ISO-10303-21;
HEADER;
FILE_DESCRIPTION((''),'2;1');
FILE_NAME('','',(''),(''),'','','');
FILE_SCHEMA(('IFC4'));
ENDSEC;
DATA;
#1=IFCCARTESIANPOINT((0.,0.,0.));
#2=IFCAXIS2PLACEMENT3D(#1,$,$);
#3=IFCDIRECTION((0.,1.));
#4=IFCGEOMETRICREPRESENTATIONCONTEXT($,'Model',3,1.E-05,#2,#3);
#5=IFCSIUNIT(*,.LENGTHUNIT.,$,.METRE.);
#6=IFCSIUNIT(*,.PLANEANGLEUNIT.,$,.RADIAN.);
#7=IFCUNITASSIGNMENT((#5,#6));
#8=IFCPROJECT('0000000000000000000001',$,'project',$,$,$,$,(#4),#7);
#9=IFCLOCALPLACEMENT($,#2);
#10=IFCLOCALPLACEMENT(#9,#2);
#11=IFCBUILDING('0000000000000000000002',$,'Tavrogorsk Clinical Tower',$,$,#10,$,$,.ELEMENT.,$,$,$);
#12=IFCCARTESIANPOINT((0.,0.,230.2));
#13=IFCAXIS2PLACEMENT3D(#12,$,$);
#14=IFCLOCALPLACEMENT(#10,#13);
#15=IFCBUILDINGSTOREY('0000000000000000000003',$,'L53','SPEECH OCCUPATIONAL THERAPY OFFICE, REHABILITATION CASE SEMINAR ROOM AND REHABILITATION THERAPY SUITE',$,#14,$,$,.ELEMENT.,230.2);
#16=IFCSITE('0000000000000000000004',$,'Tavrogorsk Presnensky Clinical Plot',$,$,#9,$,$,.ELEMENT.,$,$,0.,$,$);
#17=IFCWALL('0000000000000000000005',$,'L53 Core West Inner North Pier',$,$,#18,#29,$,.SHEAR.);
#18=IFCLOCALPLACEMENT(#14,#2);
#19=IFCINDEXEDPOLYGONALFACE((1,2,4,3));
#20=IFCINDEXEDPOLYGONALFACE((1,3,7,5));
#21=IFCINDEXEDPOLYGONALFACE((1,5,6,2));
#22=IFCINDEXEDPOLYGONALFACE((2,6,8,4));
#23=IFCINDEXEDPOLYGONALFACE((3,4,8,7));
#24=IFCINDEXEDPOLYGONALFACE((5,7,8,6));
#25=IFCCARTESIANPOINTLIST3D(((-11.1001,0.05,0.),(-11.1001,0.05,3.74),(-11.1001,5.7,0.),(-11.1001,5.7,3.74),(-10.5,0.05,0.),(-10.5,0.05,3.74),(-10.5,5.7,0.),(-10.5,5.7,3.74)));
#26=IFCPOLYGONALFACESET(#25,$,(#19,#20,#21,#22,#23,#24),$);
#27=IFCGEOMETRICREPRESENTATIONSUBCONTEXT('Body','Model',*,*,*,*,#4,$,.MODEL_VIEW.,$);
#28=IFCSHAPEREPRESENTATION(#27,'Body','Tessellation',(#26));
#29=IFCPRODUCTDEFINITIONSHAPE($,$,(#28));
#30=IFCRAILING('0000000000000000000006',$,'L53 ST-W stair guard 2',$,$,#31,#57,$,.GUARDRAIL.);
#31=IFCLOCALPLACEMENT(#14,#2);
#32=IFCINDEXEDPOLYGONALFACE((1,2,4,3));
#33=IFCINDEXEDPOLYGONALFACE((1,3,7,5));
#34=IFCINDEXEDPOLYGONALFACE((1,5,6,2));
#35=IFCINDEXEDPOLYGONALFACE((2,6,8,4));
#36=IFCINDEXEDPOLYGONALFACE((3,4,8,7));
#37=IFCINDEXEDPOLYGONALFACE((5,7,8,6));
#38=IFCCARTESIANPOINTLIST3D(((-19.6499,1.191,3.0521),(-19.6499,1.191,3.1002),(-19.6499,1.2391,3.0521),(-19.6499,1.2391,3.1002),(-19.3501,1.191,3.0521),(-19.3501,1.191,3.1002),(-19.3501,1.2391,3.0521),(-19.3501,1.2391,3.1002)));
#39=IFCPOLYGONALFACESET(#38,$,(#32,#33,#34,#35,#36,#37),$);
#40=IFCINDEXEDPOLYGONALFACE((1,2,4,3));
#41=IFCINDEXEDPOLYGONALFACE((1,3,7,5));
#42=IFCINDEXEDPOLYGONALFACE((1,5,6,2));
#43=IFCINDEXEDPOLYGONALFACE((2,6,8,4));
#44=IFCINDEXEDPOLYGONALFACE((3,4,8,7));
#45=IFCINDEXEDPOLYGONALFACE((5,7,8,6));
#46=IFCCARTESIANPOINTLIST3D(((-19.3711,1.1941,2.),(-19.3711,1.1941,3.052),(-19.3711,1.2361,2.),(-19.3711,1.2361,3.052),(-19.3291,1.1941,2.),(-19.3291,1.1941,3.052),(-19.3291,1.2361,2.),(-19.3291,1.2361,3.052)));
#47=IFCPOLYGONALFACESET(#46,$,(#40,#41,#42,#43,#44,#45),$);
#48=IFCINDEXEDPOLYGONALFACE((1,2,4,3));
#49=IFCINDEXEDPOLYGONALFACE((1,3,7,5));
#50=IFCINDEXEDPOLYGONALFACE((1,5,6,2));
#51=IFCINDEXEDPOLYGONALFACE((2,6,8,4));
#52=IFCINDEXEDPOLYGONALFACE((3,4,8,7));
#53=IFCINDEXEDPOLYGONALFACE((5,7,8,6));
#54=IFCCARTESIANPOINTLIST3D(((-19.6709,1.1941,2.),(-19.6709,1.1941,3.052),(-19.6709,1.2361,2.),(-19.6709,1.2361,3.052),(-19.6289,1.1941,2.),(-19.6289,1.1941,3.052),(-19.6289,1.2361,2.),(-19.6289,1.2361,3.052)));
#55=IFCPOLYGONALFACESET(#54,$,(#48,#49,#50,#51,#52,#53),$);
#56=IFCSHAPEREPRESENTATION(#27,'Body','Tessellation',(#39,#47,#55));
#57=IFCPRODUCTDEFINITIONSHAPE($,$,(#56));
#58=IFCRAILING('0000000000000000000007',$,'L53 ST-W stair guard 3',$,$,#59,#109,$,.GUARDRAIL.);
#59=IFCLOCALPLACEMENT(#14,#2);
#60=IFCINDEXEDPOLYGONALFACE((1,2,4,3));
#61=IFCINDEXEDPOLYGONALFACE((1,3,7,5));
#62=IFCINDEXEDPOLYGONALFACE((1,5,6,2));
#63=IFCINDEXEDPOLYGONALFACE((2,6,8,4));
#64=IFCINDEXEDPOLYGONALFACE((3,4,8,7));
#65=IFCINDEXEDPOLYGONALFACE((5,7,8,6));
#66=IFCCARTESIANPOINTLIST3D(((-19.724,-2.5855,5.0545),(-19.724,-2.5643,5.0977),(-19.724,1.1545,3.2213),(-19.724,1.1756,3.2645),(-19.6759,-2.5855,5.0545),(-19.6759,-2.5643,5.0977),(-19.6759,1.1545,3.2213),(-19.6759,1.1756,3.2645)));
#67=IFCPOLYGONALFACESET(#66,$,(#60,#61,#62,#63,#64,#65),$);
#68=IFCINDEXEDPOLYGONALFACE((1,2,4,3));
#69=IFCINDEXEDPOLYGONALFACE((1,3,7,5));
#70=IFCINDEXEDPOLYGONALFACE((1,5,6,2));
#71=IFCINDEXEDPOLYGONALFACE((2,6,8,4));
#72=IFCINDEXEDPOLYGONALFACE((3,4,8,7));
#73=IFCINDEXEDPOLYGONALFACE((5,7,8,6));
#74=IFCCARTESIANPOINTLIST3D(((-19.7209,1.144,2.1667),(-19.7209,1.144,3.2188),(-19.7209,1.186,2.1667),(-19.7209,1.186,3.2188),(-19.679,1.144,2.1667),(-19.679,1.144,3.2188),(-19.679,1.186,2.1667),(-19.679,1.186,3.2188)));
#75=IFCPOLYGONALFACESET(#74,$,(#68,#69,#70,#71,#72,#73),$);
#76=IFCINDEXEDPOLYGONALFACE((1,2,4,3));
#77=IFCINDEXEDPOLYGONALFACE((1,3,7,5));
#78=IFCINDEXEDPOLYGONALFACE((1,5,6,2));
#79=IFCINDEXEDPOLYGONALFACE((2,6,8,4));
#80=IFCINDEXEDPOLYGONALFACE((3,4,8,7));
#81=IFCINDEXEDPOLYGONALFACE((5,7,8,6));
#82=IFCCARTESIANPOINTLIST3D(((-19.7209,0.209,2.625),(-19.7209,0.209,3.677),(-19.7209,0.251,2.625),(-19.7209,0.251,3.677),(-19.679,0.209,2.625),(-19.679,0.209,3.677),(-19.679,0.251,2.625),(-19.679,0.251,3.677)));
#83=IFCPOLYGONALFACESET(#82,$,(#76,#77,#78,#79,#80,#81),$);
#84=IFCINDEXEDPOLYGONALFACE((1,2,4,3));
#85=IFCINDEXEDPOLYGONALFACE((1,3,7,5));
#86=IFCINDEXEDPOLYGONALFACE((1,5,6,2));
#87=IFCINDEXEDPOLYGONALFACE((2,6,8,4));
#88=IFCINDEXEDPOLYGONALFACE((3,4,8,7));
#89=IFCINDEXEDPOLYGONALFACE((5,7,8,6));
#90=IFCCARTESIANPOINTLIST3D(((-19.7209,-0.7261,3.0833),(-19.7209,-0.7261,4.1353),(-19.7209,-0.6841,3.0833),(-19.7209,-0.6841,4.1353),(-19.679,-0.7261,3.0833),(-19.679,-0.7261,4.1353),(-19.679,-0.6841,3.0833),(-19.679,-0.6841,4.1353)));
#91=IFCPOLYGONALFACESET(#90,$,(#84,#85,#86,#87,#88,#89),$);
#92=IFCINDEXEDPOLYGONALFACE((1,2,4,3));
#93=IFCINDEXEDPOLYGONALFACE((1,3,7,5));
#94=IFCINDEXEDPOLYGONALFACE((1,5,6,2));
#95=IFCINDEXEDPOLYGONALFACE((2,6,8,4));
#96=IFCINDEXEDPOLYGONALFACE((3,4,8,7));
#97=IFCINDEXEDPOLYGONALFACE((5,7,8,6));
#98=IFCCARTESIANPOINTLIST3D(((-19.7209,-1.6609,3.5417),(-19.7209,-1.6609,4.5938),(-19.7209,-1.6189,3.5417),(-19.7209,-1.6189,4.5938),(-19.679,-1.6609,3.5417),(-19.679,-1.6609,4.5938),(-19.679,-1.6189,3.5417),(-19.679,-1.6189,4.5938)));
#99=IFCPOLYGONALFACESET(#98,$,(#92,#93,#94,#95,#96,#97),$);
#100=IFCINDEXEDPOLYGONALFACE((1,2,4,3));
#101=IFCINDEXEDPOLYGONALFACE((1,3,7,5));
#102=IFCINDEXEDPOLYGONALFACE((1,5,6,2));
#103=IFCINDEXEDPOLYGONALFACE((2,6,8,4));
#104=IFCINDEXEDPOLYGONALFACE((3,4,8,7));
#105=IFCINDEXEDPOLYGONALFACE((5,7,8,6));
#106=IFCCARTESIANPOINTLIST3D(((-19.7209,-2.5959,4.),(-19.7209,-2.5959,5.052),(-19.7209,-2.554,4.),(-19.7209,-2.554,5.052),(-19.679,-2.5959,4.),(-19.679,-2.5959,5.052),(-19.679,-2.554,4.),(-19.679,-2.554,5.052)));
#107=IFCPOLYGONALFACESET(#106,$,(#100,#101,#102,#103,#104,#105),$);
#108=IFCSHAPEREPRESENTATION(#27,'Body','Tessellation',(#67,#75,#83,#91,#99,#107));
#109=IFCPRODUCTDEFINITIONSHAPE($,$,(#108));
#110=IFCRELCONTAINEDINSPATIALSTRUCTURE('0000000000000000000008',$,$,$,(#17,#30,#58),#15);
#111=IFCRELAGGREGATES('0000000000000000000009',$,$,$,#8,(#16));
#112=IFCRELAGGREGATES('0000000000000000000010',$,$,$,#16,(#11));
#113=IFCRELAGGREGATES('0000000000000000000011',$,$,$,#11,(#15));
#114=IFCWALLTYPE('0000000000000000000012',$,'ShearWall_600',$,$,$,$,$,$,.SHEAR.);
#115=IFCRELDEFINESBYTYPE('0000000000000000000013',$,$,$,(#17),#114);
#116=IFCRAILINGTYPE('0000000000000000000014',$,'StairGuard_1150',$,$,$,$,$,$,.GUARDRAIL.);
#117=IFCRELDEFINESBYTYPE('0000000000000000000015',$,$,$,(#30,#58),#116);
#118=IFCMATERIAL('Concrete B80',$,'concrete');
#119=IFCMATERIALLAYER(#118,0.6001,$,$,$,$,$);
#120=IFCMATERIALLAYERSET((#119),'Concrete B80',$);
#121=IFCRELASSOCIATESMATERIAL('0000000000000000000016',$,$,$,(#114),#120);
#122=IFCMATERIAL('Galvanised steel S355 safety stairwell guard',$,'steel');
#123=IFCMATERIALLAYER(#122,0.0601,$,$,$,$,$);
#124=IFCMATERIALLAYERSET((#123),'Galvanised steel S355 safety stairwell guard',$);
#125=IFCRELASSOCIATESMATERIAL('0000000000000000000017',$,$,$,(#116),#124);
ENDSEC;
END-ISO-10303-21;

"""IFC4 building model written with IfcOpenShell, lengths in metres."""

from ifc_helpers import new_model, si_unit, direction, frame, frame_2d, origin, origin_2d, place, context, subcontext, project, spatial, rectangle, extrude, material, layer, layer_set, type_object, element, save


model = new_model("IFC4")

# Units and contexts
model_context = context("Model", 3, precision=1e-05, world=origin(), true_north=direction((0.0, 1.0)))
body_context = subcontext(model_context, "Body", "Model", "MODEL_VIEW")
ifc_project = project(units=[si_unit("LENGTHUNIT", "METRE"), si_unit("PLANEANGLEUNIT", "RADIAN")], contexts=[model_context])

# Site, building, storey
site_placement = place(None, origin())
site = spatial("IfcSite", under=ifc_project, at=site_placement, Name="Tavrogorsk Presnensky Clinical Plot", CompositionType="ELEMENT", RefElevation=0.0)
building_placement = place(site_placement, origin())
building = spatial("IfcBuilding", under=site, at=building_placement, Name="Tavrogorsk Clinical Tower", CompositionType="ELEMENT")
storey_placement = place(building_placement, frame((0.0, 0.0, 230.2)))
storey = spatial("IfcBuildingStorey", under=building, at=storey_placement, Name="L53", Description="SPEECH OCCUPATIONAL THERAPY OFFICE, REHABILITATION CASE SEMINAR ROOM AND REHABILITATION THERAPY SUITE", CompositionType="ELEMENT", Elevation=230.2)

# Wall
ifc_material_1 = material(Name="Concrete B80", Category="concrete")
ifc_layer_1 = layer(ifc_material_1, 0.6001)
ifc_layer_set_1 = layer_set([ifc_layer_1], Name="Concrete B80")
wall_type_1 = type_object("IfcWallType", Name="ShearWall_600", PredefinedType="SHEAR", material=ifc_layer_set_1)
wall_1_placement = place(storey_placement, frame((-10.8, 0.05, 0.0), z_axis=(0.0, 0.0, 1.0), x_axis=(0.0, 1.0, 0.0)))
element("IfcWall", 1, at=wall_1_placement, inside=storey, type_object=wall_type_1, Name="L53 Core West Inner North Pier", PredefinedType="SHEAR", context=body_context, shape_type="SweptSolid", body=[
    extrude(rectangle(XDim=5.6499, YDim=0.6001, at=frame_2d((2.825, 0.0))), origin(), (0.0, 0.0, 1.0), 3.74),
])

# Railings
ifc_material_2 = material(Name="Galvanised steel S355 safety stairwell guard", Category="steel")
ifc_layer_2 = layer(ifc_material_2, 0.0601)
ifc_layer_set_2 = layer_set([ifc_layer_2], Name="Galvanised steel S355 safety stairwell guard")
railing_type = type_object("IfcRailingType", Name="StairGuard_1150", PredefinedType="GUARDRAIL", material=ifc_layer_set_2)
railing_1_placement = place(storey_placement, frame((-19.3501, 1.2151, 2.0)))
element("IfcRailing", 2, at=railing_1_placement, inside=storey, type_object=railing_type, Name="L53 ST-W stair guard 2", PredefinedType="GUARDRAIL", context=body_context, shape_type="SweptSolid", body=[
    extrude(rectangle(XDim=0.0481, YDim=0.0481, at=origin_2d()), frame((0.0, 0.0, 1.0762), z_axis=(-1.0, 0.0, 0.0), x_axis=(0.0, -1.0, 0.0)), (0.0, 0.0, 1.0), 0.2998),
    extrude(rectangle(XDim=0.042, YDim=0.042, at=origin_2d()), origin(), (0.0, 0.0, 1.0), 1.052),
    extrude(rectangle(XDim=0.042, YDim=0.042, at=origin_2d()), frame((-0.2998, 0.0, 0.0)), (0.0, 0.0, 1.0), 1.052),
])
railing_2_placement = place(storey_placement, frame((-19.7, 1.165, 2.1667)))
element("IfcRailing", 3, at=railing_2_placement, inside=storey, type_object=railing_type, Name="L53 ST-W stair guard 3", PredefinedType="GUARDRAIL", context=body_context, shape_type="SweptSolid", body=[
    extrude(rectangle(XDim=0.0481, YDim=0.0481, at=origin_2d()), frame((0.0, 0.0, 1.0762), z_axis=(0.0, -0.897928, 0.440142), x_axis=(1.0, 0.0, 0.0)), (0.0, 0.0, 1.0), 4.165),
    extrude(rectangle(XDim=0.042, YDim=0.042, at=origin_2d()), origin(), (0.0, 0.0, 1.0), 1.052),
    extrude(rectangle(XDim=0.042, YDim=0.042, at=origin_2d()), frame((0.0, -0.9351, 0.4583)), (0.0, 0.0, 1.0), 1.052),
    extrude(rectangle(XDim=0.042, YDim=0.042, at=origin_2d()), frame((0.0, -1.8701, 0.9165)), (0.0, 0.0, 1.0), 1.052),
    extrude(rectangle(XDim=0.042, YDim=0.042, at=origin_2d()), frame((0.0, -2.8049, 1.375)), (0.0, 0.0, 1.0), 1.052),
    extrude(rectangle(XDim=0.042, YDim=0.042, at=origin_2d()), frame((0.0, -3.74, 1.8333)), (0.0, 0.0, 1.0), 1.052),
])

save(model, "model.ifc")
